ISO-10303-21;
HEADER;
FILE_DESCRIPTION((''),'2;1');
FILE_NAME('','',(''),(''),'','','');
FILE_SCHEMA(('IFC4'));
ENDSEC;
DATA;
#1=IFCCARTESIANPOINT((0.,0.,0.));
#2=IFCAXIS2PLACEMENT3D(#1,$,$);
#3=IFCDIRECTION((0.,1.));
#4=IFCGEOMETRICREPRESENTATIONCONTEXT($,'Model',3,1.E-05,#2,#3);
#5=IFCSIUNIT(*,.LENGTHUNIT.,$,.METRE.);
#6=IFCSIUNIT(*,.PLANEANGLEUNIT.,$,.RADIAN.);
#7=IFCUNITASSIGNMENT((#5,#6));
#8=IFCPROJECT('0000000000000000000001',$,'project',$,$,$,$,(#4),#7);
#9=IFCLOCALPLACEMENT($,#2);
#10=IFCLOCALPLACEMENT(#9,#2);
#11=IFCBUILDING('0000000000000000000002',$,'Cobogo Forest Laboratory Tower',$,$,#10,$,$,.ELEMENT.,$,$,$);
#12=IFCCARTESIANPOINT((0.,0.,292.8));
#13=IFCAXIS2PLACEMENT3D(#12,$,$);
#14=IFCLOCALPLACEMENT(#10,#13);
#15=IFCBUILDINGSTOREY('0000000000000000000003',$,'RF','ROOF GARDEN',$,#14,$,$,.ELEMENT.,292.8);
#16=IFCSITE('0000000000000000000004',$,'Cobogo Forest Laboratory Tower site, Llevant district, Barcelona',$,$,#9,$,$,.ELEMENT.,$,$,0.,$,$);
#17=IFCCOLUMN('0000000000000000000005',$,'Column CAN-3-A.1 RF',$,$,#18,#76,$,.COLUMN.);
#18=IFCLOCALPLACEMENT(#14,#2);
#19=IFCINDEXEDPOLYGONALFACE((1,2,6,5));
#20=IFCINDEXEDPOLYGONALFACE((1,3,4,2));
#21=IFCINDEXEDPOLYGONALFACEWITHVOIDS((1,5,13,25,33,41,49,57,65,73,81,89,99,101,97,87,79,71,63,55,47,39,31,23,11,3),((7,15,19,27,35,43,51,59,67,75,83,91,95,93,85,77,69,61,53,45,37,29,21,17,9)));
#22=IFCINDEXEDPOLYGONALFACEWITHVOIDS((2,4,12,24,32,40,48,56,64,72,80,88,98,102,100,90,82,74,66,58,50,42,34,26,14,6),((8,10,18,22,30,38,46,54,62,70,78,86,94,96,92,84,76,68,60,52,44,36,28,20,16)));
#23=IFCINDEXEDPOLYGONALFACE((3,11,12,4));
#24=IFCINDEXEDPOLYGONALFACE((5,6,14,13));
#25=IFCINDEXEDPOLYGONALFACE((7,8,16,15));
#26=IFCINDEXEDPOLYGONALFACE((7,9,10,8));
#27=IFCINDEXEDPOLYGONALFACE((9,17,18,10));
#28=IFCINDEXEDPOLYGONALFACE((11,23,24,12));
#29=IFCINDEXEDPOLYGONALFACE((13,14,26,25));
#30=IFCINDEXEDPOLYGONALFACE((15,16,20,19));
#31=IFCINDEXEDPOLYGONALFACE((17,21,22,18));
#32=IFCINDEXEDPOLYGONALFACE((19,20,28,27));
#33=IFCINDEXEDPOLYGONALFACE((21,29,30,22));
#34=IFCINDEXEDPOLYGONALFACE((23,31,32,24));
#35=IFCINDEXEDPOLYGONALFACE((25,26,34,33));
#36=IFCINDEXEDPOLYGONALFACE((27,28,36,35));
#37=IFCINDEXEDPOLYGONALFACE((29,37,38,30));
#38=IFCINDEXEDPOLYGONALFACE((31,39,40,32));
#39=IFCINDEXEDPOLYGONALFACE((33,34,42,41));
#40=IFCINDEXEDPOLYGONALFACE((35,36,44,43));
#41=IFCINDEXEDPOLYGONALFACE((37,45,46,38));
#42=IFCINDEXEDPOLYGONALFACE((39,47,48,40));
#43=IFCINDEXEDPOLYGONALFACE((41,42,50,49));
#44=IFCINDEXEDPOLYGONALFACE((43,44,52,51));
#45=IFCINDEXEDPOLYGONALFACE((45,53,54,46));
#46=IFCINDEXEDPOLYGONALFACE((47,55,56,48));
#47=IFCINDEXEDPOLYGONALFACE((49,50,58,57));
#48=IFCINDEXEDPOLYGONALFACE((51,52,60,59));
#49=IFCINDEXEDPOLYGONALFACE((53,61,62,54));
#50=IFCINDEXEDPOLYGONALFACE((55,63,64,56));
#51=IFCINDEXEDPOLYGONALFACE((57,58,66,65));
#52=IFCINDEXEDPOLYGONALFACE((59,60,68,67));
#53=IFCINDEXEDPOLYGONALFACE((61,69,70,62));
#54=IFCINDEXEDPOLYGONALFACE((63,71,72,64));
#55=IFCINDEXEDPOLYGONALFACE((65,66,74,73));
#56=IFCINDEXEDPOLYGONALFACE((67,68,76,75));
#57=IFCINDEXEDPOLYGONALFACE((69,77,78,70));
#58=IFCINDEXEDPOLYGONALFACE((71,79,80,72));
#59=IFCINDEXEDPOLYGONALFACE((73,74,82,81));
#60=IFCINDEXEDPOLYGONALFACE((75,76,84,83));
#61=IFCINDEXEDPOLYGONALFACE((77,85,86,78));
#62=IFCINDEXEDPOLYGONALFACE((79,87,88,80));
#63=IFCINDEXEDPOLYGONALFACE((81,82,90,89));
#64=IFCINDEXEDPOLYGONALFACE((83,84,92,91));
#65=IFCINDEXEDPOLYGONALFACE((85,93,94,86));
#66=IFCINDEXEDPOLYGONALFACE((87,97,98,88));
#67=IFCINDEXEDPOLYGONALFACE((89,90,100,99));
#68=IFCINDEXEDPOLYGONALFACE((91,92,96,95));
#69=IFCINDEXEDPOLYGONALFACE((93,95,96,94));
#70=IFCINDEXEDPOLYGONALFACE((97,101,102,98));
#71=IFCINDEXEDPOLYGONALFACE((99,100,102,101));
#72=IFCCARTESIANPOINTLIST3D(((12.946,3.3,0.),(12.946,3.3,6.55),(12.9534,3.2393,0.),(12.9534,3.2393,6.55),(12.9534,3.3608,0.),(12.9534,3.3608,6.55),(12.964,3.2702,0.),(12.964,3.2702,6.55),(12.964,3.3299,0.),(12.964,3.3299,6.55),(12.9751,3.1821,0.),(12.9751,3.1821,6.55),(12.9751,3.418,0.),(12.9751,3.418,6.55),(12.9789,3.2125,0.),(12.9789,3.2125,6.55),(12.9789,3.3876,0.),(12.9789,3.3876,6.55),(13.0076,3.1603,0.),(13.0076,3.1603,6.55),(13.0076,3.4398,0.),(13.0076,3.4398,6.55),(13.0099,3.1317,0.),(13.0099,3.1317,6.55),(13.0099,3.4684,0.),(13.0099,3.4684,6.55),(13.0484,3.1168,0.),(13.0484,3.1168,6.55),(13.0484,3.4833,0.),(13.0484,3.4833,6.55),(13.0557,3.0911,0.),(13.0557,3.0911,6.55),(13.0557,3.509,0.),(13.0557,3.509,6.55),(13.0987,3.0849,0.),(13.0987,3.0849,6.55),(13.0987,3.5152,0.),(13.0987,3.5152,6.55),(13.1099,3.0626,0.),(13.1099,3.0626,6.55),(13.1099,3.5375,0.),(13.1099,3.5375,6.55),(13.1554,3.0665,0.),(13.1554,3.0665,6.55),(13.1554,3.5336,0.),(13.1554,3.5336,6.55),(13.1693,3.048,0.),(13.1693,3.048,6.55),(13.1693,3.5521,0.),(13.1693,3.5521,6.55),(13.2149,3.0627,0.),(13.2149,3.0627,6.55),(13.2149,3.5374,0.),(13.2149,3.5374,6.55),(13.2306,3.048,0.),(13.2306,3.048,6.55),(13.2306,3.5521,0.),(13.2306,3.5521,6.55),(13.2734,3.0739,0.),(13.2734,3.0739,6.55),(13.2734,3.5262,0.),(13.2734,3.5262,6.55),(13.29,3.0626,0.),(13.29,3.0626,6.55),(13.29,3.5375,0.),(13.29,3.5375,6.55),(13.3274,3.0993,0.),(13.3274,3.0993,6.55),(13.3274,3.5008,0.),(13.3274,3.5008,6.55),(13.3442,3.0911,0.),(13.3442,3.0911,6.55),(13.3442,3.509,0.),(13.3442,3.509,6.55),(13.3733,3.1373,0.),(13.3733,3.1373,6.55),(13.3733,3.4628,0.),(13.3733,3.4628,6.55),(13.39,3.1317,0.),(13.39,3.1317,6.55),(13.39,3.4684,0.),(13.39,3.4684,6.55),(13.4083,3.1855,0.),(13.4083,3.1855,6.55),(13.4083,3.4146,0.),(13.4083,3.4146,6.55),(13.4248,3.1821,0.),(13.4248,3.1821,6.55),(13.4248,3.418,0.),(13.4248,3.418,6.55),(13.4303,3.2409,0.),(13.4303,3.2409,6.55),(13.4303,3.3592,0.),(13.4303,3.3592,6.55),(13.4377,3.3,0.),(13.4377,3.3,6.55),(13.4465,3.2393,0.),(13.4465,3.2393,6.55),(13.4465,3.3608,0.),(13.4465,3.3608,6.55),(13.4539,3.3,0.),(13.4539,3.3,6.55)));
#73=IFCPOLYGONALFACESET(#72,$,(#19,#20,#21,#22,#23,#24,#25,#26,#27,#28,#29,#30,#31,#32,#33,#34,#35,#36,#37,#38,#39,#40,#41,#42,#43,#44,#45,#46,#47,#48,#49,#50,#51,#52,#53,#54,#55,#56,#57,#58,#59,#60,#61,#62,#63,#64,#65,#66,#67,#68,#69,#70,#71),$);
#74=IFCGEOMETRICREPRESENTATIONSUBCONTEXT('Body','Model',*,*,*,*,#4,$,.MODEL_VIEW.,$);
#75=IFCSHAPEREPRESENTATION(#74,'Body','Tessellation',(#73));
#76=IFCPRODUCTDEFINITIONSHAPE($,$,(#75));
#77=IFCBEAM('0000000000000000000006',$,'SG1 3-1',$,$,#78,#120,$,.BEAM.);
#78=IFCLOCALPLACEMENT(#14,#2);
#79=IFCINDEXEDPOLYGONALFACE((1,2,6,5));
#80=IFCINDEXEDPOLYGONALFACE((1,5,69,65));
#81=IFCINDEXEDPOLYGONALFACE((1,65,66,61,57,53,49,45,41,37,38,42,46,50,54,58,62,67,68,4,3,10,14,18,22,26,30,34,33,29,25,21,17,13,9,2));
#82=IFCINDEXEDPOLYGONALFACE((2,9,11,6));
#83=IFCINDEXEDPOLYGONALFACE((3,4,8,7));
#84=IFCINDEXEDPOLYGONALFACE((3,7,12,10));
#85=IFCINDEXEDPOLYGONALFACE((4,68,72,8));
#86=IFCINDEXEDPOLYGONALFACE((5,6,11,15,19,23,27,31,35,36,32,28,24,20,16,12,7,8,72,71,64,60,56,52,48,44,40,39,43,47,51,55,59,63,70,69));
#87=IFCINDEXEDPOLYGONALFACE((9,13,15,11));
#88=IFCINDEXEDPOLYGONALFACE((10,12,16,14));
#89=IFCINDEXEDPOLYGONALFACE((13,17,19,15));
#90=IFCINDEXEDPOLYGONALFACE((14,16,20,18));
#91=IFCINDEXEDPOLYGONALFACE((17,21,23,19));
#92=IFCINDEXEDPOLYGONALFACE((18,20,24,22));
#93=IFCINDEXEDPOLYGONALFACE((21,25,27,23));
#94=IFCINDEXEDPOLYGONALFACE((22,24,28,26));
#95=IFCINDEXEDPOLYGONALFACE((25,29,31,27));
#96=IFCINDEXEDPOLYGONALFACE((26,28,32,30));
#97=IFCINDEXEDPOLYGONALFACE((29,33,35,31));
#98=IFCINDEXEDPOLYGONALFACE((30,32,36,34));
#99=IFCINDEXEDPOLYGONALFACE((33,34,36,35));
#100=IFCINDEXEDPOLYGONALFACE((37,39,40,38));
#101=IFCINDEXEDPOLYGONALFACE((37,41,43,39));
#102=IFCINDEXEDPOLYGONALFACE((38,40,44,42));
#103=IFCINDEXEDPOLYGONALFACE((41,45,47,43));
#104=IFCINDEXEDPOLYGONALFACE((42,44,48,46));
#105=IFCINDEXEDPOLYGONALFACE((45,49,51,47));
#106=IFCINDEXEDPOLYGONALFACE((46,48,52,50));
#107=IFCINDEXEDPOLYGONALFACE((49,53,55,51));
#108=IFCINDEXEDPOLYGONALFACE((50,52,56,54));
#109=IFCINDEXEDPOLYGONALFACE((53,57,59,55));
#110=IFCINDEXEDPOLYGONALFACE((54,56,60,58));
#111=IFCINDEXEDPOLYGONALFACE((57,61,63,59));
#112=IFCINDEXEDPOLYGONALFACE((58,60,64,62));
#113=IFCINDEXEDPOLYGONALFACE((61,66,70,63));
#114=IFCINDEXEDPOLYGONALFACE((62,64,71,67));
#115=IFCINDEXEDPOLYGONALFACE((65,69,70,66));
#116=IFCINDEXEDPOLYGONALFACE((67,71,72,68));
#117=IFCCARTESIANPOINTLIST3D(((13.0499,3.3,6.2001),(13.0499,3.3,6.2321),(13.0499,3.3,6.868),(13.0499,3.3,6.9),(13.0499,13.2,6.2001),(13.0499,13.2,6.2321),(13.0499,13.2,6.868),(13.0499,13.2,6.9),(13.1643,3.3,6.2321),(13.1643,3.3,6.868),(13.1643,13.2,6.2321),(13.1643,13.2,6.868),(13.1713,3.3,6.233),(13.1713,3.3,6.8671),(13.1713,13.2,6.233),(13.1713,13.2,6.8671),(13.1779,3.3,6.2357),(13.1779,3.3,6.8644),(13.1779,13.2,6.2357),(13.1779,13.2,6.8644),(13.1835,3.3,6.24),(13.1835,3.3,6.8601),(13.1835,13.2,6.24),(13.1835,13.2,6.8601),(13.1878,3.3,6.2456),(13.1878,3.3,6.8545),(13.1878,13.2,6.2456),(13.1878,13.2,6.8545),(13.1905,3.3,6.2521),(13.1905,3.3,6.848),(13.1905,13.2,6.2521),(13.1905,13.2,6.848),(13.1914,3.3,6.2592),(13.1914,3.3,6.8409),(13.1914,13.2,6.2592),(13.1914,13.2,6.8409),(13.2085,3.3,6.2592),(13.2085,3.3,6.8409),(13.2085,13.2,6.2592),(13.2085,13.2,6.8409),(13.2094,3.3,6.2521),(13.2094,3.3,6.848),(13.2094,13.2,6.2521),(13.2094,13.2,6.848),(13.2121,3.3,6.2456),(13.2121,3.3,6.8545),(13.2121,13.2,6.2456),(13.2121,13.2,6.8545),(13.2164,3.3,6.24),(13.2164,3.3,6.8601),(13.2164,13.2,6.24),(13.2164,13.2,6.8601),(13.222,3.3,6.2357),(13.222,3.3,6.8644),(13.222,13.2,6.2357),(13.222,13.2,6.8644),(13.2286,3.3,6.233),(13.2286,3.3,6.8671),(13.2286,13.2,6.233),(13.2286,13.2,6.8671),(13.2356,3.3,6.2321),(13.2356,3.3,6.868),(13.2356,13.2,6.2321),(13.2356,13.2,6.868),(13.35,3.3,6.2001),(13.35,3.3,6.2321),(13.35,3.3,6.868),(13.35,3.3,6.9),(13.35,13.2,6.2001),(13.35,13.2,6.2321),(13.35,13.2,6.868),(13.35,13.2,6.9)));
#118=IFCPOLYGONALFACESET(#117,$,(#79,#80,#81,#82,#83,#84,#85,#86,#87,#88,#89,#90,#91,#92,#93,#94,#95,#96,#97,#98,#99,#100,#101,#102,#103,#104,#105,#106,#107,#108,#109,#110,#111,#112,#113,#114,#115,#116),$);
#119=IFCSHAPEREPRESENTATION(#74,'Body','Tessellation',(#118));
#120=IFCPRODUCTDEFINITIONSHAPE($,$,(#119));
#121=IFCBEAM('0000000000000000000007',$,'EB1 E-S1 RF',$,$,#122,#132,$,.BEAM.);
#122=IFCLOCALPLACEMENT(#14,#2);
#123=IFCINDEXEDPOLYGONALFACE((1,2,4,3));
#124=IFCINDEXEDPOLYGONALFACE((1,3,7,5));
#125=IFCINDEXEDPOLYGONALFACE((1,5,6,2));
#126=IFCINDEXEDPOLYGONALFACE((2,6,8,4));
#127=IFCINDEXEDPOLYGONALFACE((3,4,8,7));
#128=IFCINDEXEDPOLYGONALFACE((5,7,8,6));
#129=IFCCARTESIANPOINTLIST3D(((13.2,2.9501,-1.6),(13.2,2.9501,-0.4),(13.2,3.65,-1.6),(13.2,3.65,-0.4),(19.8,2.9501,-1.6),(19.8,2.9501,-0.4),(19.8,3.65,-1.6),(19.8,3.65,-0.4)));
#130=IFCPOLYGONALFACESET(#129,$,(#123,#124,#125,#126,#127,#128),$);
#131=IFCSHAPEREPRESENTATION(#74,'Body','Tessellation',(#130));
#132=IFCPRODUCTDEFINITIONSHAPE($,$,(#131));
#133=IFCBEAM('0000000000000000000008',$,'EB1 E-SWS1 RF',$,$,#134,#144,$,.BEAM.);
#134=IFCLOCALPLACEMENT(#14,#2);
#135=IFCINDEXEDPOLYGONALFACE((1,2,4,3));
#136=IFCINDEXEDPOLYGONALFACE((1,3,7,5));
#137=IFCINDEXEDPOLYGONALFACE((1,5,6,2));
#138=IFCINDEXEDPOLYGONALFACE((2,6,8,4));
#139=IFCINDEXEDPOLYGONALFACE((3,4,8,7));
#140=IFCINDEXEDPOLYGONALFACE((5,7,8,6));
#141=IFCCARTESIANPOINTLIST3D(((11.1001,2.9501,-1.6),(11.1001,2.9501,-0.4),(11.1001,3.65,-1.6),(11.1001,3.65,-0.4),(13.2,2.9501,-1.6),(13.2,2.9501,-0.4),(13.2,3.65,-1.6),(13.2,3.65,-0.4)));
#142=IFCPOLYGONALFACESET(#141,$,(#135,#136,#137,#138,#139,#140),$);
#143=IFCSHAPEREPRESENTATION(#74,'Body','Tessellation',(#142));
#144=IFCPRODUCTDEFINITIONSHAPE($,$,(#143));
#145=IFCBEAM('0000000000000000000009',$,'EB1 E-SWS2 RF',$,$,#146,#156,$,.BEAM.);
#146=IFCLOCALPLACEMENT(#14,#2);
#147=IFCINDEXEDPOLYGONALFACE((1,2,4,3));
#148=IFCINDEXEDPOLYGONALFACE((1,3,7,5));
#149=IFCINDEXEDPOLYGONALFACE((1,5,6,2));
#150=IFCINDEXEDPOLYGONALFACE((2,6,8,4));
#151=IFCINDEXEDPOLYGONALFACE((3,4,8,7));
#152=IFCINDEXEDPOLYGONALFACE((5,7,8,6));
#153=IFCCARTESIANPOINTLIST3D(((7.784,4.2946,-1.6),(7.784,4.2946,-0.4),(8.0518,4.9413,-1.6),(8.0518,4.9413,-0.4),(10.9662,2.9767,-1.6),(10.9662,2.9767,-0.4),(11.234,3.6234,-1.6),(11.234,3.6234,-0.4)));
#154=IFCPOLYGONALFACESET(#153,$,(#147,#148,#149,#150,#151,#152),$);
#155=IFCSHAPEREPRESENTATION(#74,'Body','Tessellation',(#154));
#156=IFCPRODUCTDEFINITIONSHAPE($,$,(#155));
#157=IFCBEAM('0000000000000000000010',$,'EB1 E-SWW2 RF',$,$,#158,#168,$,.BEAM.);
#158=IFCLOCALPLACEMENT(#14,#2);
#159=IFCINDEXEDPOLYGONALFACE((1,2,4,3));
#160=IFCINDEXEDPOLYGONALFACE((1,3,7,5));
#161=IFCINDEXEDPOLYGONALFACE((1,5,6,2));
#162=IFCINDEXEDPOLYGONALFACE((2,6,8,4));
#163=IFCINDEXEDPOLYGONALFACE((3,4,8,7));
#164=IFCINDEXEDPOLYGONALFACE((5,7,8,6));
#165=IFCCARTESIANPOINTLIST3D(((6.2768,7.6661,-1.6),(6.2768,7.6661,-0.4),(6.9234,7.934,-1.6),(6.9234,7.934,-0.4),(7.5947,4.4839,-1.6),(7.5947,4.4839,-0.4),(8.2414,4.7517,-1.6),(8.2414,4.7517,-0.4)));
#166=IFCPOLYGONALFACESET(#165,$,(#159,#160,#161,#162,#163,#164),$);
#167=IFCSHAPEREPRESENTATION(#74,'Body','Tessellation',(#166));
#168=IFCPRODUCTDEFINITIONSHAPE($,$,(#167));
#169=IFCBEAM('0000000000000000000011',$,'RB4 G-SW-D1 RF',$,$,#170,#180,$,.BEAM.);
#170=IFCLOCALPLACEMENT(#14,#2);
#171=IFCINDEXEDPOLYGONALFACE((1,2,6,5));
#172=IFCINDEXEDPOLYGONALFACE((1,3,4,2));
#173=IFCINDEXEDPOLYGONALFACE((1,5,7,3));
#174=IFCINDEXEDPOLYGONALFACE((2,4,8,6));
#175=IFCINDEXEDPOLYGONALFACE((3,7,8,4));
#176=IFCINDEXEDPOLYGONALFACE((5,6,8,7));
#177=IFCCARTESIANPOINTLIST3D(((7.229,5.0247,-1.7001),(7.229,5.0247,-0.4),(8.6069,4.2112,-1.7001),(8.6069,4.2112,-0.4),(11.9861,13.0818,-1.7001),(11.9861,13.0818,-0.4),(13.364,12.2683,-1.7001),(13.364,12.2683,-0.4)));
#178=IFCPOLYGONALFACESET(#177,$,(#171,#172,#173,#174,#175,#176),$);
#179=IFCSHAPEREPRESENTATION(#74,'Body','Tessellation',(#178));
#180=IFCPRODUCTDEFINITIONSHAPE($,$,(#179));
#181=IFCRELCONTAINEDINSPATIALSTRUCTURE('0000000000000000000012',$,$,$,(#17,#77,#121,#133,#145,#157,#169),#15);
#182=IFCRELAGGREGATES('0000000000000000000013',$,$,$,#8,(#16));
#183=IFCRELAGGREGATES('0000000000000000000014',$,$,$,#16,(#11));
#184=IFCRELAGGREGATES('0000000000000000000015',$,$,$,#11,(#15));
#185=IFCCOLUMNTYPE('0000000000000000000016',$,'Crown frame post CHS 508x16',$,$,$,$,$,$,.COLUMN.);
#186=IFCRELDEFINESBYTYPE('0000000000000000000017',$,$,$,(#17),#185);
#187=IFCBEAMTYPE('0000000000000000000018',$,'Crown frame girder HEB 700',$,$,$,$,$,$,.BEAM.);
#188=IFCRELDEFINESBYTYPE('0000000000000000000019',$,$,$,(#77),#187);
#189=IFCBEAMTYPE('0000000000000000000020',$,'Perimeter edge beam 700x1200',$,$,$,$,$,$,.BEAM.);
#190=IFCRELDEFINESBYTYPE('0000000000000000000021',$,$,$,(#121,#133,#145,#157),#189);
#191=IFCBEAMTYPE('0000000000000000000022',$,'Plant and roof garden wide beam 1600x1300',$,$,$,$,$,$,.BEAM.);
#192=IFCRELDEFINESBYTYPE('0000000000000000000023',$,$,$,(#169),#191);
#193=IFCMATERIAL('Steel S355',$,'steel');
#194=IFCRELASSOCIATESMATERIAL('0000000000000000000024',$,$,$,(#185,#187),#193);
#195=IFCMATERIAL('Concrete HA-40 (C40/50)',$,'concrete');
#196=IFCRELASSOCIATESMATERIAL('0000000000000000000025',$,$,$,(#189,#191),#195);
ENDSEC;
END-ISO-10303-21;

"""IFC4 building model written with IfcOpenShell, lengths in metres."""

from ifc_helpers import new_model, si_unit, direction, frame, origin, origin_2d, place, context, subcontext, project, spatial, rectangle, hollow_circle, i_section, extrude, material, material_profile, profile_set, type_object, element, save


model = new_model("IFC4")

# Units and contexts
model_context = context("Model", 3, precision=1e-05, world=origin(), true_north=direction((0.0, 1.0)))
body_context = subcontext(model_context, "Body", "Model", "MODEL_VIEW")
ifc_project = project(units=[si_unit("LENGTHUNIT", "METRE"), si_unit("PLANEANGLEUNIT", "RADIAN")], contexts=[model_context])

# Site, building, storey
site_placement = place(None, origin())
site = spatial("IfcSite", under=ifc_project, at=site_placement, Name="Cobogo Forest Laboratory Tower site, Llevant district, Barcelona", CompositionType="ELEMENT", RefElevation=0.0)
building_placement = place(site_placement, origin())
building = spatial("IfcBuilding", under=site, at=building_placement, Name="Cobogo Forest Laboratory Tower", CompositionType="ELEMENT")
storey_placement = place(building_placement, frame((0.0, 0.0, 292.8)))
storey = spatial("IfcBuildingStorey", under=building, at=storey_placement, Name="RF", Description="ROOF GARDEN", CompositionType="ELEMENT", Elevation=292.8)

# Column
ifc_material_1 = material(Name="Steel S355", Category="steel")
ifc_material_profile_1 = material_profile(ifc_material_1, hollow_circle(Radius=0.2539, WallThickness=0.0161, at=origin_2d()), Name="CHS 508x16")
ifc_profile_set_1 = profile_set([ifc_material_profile_1], Name="Steel S355")
column_type = type_object("IfcColumnType", Name="Crown frame post CHS 508x16", PredefinedType="COLUMN", material=ifc_profile_set_1)
column_placement = place(storey_placement, frame((13.2, 3.3, 0.0), z_axis=(0.0, 0.0, 1.0), x_axis=(1.0, 0.0, 0.0)))
element("IfcColumn", 1, at=column_placement, inside=storey, type_object=column_type, Name="Column CAN-3-A.1 RF", PredefinedType="COLUMN", context=body_context, shape_type="SweptSolid", body=[
    extrude(hollow_circle(Radius=0.2539, WallThickness=0.0161, at=origin_2d()), origin(), (0.0, 0.0, 1.0), 6.55),
])

# Beams
ifc_material_profile_2 = material_profile(ifc_material_1, i_section(OverallWidth=0.3, OverallDepth=0.7, WebThickness=0.0171, FlangeThickness=0.032, FilletRadius=0.0271, at=origin_2d()), Name="HEB 700")
ifc_profile_set_2 = profile_set([ifc_material_profile_2], Name="Steel S355")
beam_type_1 = type_object("IfcBeamType", Name="Crown frame girder HEB 700", PredefinedType="BEAM", material=ifc_profile_set_2)
beam_1_placement = place(storey_placement, frame((13.2, 3.3, 6.55), z_axis=(0.0, 1.0, 0.0), x_axis=(-1.0, 0.0, 0.0)))
element("IfcBeam", 2, at=beam_1_placement, inside=storey, type_object=beam_type_1, Name="SG1 3-1", PredefinedType="BEAM", context=body_context, shape_type="SweptSolid", body=[
    extrude(i_section(OverallWidth=0.3, OverallDepth=0.7, WebThickness=0.0171, FlangeThickness=0.032, FilletRadius=0.0271, at=origin_2d()), origin(), (0.0, 0.0, 1.0), 9.8999),
])
ifc_material_2 = material(Name="Concrete HA-40 (C40/50)", Category="concrete")
ifc_material_profile_3 = material_profile(ifc_material_2, rectangle(XDim=0.7, YDim=1.2, at=origin_2d()), Name="RC 700x1200")
ifc_profile_set_3 = profile_set([ifc_material_profile_3], Name="Concrete HA-40 (C40/50)")
beam_type_2 = type_object("IfcBeamType", Name="Perimeter edge beam 700x1200", PredefinedType="BEAM", material=ifc_profile_set_3)
beam_2_placement = place(storey_placement, frame((13.2, 3.3, -1.0), z_axis=(1.0, 0.0, 0.0), x_axis=(0.0, 1.0, 0.0)))
element("IfcBeam", 3, at=beam_2_placement, inside=storey, type_object=beam_type_2, Name="EB1 E-S1 RF", PredefinedType="BEAM", context=body_context, shape_type="SweptSolid", body=[
    extrude(rectangle(XDim=0.7, YDim=1.2, at=origin_2d()), origin(), (0.0, 0.0, 1.0), 6.6001),
])
beam_3_placement = place(storey_placement, frame((13.2, 3.3, -1.0), z_axis=(-1.0, 0.0, 0.0), x_axis=(0.0, -1.0, 0.0)))
element("IfcBeam", 4, at=beam_3_placement, inside=storey, type_object=beam_type_2, Name="EB1 E-SWS1 RF", PredefinedType="BEAM", context=body_context, shape_type="SweptSolid", body=[
    extrude(rectangle(XDim=0.7, YDim=1.2, at=origin_2d()), origin(), (0.0, 0.0, 1.0), 2.0999),
])
for number, where, z_axis, x_axis, name in (
    (5, (11.1001, 3.3, -1.0), (-0.923901, 0.382631, 0.0), (-0.382631, -0.923901, 0.0), "EB1 E-SWS2 RF"),
    (6, (6.6001, 7.8, -1.0), (0.382631, -0.923901, 0.0), (0.923901, 0.382631, 0.0), "EB1 E-SWW2 RF"),
):
    element("IfcBeam", number, at=place(storey_placement, frame(where, z_axis=z_axis, x_axis=x_axis)), inside=storey, type_object=beam_type_2, Name=name, PredefinedType="BEAM", context=body_context, shape_type="SweptSolid", body=[
        extrude(rectangle(XDim=0.7, YDim=1.2, at=origin_2d()), origin(), (0.0, 0.0, 1.0), 3.4443),
    ])
ifc_material_profile_4 = material_profile(ifc_material_2, rectangle(XDim=1.6001, YDim=1.3, at=origin_2d()), Name="RC 1600x1300")
ifc_profile_set_4 = profile_set([ifc_material_profile_4], Name="Concrete HA-40 (C40/50)")
beam_type_3 = type_object("IfcBeamType", Name="Plant and roof garden wide beam 1600x1300", PredefinedType="BEAM", material=ifc_profile_set_4)
beam_4_placement = place(storey_placement, frame((7.918, 4.6179, -1.05), z_axis=(0.508416, 0.861111, 0.0), x_axis=(-0.861111, 0.508416, 0.0)))
element("IfcBeam", 7, at=beam_4_placement, inside=storey, type_object=beam_type_3, Name="RB4 G-SW-D1 RF", PredefinedType="BEAM", context=body_context, shape_type="SweptSolid", body=[
    extrude(rectangle(XDim=1.6001, YDim=1.3, at=origin_2d()), origin(), (0.0, 0.0, 1.0), 9.3567),
])

save(model, "model.ifc")
